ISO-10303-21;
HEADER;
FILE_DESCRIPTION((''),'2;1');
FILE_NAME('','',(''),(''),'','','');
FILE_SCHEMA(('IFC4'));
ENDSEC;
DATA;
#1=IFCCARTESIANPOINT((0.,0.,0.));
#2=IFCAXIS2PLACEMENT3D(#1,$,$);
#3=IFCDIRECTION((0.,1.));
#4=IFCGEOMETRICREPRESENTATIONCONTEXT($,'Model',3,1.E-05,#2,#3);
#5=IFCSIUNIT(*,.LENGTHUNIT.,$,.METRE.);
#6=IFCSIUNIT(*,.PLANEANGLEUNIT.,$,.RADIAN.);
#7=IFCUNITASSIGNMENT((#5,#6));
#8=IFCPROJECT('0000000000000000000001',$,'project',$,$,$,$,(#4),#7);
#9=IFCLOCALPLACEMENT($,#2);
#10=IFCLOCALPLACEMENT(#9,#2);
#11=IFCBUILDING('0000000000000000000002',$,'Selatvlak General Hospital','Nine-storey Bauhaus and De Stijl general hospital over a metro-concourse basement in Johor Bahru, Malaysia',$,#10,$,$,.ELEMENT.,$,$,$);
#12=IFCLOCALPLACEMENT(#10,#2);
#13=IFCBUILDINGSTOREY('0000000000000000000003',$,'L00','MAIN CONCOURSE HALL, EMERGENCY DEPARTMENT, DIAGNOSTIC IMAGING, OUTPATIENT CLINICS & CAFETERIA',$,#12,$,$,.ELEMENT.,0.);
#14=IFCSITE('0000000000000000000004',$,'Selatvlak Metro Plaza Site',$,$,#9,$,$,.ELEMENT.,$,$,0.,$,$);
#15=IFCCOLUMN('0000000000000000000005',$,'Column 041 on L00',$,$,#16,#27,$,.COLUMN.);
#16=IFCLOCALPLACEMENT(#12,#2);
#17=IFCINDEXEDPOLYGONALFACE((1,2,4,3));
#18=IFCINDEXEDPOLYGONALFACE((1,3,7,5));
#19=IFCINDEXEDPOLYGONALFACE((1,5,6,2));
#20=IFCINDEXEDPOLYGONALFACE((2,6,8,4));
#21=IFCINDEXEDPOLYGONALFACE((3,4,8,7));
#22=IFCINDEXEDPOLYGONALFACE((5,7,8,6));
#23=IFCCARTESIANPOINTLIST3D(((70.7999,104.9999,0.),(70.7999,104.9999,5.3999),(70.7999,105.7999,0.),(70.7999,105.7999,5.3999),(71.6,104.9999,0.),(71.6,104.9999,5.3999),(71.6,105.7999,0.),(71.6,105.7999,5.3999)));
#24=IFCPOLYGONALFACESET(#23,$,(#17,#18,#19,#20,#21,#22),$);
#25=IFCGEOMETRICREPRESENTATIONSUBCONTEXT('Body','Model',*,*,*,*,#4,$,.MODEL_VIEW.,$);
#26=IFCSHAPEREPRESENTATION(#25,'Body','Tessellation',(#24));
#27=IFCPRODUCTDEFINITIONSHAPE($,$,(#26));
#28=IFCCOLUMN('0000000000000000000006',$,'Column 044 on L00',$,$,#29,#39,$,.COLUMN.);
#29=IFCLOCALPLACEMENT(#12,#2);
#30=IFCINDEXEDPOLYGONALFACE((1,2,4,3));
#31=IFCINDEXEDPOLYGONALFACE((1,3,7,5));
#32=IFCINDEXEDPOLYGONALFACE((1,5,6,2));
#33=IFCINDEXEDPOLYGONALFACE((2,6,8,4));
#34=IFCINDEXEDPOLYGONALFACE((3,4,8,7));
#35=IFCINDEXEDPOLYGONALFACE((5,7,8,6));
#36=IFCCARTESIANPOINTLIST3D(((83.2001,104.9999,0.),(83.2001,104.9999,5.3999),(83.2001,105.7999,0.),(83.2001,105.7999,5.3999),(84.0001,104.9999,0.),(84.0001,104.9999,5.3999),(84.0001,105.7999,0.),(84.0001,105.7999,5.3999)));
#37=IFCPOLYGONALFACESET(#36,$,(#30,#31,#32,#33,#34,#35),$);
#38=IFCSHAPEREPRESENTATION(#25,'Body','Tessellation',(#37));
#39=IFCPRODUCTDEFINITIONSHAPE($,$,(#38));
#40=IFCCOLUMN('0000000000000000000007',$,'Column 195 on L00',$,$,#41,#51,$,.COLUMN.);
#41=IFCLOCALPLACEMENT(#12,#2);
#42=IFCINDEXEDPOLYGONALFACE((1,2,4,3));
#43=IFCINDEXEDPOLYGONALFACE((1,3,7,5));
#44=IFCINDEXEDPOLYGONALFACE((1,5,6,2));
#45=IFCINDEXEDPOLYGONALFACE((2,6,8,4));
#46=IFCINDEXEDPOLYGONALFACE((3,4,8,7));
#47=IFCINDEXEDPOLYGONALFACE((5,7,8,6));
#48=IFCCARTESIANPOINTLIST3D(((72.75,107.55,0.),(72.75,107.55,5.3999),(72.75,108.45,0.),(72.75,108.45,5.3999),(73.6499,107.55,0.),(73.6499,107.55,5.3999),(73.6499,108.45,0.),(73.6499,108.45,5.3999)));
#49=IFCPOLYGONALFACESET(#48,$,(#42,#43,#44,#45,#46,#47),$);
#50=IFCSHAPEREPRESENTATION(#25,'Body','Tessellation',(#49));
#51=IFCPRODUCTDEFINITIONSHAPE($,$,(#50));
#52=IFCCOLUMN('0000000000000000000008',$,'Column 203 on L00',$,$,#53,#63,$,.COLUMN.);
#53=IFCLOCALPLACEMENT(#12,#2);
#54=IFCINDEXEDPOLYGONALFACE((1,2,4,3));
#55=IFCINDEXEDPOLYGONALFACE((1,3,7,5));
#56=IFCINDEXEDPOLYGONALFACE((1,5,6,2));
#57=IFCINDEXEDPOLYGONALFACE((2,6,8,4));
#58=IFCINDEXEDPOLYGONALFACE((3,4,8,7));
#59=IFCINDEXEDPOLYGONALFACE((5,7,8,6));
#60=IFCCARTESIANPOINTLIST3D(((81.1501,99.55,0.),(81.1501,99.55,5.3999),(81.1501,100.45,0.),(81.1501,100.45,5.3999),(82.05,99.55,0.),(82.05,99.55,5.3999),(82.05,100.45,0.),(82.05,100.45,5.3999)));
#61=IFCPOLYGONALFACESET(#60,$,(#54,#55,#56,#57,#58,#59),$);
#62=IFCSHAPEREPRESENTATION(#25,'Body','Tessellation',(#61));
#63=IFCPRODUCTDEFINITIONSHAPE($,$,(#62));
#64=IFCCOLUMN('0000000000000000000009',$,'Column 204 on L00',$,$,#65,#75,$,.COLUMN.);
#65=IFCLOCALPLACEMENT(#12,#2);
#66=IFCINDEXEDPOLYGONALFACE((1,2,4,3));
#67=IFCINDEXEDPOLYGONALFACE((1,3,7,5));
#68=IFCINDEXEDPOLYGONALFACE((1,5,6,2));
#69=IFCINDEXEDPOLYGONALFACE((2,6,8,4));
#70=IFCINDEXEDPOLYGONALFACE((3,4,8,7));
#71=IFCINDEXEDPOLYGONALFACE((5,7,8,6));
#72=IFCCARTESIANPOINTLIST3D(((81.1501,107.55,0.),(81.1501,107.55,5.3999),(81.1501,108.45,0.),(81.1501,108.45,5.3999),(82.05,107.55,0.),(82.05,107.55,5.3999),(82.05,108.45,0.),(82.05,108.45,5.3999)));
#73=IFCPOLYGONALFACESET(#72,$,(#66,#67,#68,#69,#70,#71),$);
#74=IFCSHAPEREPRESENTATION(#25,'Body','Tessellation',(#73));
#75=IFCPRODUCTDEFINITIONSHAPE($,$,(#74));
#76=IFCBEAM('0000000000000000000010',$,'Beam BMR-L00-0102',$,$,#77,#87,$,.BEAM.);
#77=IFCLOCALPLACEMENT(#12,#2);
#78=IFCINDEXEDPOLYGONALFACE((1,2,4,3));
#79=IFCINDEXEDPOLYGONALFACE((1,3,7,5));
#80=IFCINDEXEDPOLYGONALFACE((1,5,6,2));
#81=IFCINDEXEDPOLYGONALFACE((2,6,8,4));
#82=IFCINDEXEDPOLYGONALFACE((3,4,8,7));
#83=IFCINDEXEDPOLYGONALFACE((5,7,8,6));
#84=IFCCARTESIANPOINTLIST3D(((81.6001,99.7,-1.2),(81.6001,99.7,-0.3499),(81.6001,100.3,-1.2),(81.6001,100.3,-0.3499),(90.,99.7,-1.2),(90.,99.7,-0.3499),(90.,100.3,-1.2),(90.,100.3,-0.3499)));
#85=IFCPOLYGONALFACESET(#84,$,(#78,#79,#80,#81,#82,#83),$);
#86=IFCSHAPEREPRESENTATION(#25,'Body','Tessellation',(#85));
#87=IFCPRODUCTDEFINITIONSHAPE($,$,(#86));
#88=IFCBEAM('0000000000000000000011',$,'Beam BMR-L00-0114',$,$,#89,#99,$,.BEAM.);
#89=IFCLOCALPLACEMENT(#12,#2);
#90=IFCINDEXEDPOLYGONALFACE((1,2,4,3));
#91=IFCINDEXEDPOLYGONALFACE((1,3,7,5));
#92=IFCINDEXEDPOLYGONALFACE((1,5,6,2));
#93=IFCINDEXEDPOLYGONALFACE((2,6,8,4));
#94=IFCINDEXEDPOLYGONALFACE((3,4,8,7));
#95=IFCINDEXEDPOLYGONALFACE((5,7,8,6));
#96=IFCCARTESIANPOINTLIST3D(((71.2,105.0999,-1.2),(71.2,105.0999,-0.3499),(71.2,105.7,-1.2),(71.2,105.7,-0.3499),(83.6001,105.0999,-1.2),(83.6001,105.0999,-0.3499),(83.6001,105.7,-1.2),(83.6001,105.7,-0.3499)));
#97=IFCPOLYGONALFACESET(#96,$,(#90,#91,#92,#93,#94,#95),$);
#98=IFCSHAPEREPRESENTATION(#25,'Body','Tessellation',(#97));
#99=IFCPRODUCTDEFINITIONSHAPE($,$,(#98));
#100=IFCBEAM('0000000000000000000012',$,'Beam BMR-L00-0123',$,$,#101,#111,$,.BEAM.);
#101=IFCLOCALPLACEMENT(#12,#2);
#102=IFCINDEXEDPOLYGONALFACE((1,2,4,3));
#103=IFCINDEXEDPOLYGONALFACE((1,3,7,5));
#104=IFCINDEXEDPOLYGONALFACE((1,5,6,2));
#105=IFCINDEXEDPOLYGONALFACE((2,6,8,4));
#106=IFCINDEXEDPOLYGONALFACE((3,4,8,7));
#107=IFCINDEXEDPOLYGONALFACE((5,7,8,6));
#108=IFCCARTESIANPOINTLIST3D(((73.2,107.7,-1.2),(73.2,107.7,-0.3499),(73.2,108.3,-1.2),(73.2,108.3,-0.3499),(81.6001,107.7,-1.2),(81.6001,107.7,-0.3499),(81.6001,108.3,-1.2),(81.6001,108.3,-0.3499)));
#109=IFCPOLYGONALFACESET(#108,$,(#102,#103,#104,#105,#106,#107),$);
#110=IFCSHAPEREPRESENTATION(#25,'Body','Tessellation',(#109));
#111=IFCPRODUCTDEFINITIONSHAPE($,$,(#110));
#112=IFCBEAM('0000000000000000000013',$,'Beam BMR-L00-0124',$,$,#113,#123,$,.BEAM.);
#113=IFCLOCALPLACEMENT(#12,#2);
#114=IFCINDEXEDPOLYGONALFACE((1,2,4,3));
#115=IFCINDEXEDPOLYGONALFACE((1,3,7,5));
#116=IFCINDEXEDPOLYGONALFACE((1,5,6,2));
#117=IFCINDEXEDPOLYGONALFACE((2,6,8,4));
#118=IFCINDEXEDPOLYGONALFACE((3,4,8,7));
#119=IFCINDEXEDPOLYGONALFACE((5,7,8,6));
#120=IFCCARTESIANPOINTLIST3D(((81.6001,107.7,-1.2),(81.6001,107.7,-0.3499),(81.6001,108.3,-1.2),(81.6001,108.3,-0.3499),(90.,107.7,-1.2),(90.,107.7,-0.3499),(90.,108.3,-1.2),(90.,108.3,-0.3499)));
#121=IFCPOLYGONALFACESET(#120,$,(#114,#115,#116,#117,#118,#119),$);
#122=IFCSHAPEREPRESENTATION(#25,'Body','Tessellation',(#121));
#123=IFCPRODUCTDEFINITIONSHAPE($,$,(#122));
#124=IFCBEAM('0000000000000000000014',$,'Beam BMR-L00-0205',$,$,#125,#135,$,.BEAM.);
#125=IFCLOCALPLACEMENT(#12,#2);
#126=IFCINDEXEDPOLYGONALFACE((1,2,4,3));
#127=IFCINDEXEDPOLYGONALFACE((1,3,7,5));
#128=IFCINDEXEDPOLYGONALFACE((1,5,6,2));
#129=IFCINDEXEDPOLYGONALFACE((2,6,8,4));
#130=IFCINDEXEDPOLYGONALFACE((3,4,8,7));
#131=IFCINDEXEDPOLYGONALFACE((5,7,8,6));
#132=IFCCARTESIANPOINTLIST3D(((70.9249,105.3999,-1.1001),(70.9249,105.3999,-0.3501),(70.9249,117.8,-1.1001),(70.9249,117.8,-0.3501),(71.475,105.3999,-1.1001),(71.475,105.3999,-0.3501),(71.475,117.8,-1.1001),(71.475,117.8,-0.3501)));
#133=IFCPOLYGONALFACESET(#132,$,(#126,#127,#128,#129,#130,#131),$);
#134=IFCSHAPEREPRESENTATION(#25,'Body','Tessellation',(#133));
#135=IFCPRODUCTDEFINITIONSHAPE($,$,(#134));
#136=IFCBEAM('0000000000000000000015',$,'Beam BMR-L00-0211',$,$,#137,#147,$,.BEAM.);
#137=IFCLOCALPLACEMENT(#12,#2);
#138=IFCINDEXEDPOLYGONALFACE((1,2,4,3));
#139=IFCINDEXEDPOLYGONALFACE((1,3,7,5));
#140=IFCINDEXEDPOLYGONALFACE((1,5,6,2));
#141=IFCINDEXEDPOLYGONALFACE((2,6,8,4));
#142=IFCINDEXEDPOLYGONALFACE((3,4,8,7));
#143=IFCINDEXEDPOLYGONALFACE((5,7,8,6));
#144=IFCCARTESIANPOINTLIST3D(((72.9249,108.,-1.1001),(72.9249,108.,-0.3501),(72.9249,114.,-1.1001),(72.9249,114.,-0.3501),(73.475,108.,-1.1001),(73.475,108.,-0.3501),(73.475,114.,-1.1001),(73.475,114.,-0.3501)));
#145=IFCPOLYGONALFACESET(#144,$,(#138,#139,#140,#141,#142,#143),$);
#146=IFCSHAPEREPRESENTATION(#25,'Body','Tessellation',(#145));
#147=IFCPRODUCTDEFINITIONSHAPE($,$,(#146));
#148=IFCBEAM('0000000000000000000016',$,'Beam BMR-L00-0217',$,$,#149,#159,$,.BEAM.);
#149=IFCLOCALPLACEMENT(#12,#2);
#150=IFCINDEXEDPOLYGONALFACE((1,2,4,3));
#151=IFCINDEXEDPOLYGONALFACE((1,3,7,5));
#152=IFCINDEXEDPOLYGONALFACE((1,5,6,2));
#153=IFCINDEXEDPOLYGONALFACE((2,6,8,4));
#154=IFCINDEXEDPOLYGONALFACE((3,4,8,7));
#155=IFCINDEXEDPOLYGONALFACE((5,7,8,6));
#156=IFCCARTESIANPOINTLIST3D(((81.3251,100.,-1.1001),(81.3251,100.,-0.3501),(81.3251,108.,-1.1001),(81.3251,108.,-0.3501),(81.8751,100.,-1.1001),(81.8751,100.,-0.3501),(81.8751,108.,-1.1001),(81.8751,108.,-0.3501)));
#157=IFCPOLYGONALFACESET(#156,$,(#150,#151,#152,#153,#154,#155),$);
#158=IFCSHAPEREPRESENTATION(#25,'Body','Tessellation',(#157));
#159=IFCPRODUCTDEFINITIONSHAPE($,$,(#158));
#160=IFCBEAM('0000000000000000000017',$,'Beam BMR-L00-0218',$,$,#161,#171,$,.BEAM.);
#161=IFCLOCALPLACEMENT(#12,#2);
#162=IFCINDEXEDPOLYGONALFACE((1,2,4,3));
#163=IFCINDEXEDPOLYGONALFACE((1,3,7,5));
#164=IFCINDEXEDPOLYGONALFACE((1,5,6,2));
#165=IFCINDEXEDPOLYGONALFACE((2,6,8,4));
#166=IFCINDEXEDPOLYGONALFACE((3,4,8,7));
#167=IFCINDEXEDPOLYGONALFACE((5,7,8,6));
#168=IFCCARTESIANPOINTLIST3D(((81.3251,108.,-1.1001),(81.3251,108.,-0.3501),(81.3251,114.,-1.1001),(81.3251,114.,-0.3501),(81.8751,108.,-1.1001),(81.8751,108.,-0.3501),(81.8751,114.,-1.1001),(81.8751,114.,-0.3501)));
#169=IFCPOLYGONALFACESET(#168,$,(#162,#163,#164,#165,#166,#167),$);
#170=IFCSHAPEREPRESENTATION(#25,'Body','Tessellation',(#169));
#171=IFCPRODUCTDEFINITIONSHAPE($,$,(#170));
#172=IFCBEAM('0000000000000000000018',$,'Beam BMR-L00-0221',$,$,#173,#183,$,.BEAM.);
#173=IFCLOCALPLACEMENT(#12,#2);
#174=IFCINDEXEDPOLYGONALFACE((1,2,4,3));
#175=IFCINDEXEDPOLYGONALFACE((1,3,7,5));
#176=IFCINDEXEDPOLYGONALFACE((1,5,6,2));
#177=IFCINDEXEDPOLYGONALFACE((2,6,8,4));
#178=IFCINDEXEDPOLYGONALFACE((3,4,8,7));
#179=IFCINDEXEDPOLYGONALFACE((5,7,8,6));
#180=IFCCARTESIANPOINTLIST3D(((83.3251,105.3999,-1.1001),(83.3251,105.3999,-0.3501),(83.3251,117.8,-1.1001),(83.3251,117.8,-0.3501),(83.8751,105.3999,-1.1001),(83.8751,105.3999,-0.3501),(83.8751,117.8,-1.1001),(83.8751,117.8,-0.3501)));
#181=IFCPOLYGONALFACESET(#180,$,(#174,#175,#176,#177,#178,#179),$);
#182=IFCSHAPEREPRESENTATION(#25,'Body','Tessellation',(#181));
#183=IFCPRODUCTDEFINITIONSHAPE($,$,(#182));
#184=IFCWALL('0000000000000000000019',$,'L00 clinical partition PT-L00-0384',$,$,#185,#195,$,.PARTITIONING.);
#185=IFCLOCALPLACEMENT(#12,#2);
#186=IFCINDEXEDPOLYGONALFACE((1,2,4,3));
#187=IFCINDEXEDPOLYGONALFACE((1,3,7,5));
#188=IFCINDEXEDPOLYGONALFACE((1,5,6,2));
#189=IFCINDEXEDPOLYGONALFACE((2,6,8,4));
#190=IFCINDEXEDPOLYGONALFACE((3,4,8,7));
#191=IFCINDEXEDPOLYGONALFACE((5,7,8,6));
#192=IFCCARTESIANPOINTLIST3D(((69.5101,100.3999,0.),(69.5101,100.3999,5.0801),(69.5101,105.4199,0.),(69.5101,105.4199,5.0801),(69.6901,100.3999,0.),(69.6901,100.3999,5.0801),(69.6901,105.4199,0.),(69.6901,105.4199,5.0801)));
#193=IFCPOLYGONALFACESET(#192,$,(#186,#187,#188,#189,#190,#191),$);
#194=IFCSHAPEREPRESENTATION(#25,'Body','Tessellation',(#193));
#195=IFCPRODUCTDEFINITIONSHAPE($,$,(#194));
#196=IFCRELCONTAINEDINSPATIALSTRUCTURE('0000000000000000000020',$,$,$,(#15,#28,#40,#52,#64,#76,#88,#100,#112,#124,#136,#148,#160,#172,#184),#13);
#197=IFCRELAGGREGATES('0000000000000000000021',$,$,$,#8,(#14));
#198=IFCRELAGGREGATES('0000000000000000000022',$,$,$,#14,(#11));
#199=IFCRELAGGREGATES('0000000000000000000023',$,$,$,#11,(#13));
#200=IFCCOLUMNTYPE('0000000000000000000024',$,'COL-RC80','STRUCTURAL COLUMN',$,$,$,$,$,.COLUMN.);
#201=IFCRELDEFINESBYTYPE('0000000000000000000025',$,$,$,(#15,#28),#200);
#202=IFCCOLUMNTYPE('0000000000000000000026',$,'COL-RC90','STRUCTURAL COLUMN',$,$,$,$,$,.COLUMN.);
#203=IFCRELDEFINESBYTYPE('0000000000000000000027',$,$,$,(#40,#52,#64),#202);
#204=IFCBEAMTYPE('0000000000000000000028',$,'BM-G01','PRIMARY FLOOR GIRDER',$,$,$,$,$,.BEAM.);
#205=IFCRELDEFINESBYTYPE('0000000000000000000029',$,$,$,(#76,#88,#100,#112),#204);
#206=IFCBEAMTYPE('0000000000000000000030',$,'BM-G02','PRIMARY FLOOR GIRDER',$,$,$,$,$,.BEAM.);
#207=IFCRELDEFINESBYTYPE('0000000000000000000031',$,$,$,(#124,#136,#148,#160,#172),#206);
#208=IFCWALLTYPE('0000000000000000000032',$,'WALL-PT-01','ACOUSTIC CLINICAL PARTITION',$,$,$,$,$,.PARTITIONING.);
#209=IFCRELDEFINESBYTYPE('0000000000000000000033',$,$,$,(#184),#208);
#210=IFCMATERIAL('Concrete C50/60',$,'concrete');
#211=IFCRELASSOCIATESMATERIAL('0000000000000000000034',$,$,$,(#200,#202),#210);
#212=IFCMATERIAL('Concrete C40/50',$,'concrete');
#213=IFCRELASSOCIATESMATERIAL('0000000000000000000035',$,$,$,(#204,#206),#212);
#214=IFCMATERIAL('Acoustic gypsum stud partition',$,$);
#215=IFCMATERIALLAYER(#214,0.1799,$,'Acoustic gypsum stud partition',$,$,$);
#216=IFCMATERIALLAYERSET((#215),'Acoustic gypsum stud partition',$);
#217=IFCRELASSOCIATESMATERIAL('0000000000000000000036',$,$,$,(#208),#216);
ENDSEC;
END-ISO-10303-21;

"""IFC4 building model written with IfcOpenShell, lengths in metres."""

from ifc_helpers import new_model, si_unit, direction, frame, frame_2d, origin, origin_2d, place, context, subcontext, project, spatial, rectangle, extrude, material, layer, layer_set, material_profile, profile_set, type_object, element, save


model = new_model("IFC4")

# Units and contexts
model_context = context("Model", 3, precision=1e-05, world=origin(), true_north=direction((0.0, 1.0)))
body_context = subcontext(model_context, "Body", "Model", "MODEL_VIEW")
ifc_project = project(units=[si_unit("LENGTHUNIT", "METRE"), si_unit("PLANEANGLEUNIT", "RADIAN")], contexts=[model_context])

# Site, building, storey
site_placement = place(None, origin())
site = spatial("IfcSite", under=ifc_project, at=site_placement, Name="Selatvlak Metro Plaza Site", CompositionType="ELEMENT", RefElevation=0.0)
building_placement = place(site_placement, origin())
building = spatial("IfcBuilding", under=site, at=building_placement, Name="Selatvlak General Hospital", Description="Nine-storey Bauhaus and De Stijl general hospital over a metro-concourse basement in Johor Bahru, Malaysia", CompositionType="ELEMENT")
storey_placement = place(building_placement, origin())
storey = spatial("IfcBuildingStorey", under=building, at=storey_placement, Name="L00", Description="MAIN CONCOURSE HALL, EMERGENCY DEPARTMENT, DIAGNOSTIC IMAGING, OUTPATIENT CLINICS & CAFETERIA", CompositionType="ELEMENT", Elevation=0.0)

# Columns
ifc_material_1 = material(Name="Concrete C50/60", Category="concrete")
ifc_material_profile_1 = material_profile(ifc_material_1, rectangle(XDim=0.8, YDim=0.8, at=origin_2d()), Name="RC-COL 800x800")
ifc_profile_set_1 = profile_set([ifc_material_profile_1], Name="Concrete C50/60")
column_type_1 = type_object("IfcColumnType", Name="COL-RC80", Description="STRUCTURAL COLUMN", PredefinedType="COLUMN", material=ifc_profile_set_1)
for number, where, z_axis, x_axis, name in (
    (1, (71.2, 105.3999, 0.0), (0.0, 0.0, 1.0), (1.0, 0.0, 0.0), "Column 041 on L00"),
    (2, (83.6001, 105.3999, 0.0), (0.0, 0.0, 1.0), (1.0, 0.0, 0.0), "Column 044 on L00"),
):
    element("IfcColumn", number, at=place(storey_placement, frame(where, z_axis=z_axis, x_axis=x_axis)), inside=storey, type_object=column_type_1, Name=name, PredefinedType="COLUMN", context=body_context, shape_type="SweptSolid", body=[
        extrude(rectangle(XDim=0.8, YDim=0.8, at=origin_2d()), origin(), (0.0, 0.0, 1.0), 5.3999),
    ])
ifc_material_profile_2 = material_profile(ifc_material_1, rectangle(XDim=0.8999, YDim=0.8999, at=origin_2d()), Name="RC-COL 900x900")
ifc_profile_set_2 = profile_set([ifc_material_profile_2], Name="Concrete C50/60")
column_type_2 = type_object("IfcColumnType", Name="COL-RC90", Description="STRUCTURAL COLUMN", PredefinedType="COLUMN", material=ifc_profile_set_2)
for number, where, z_axis, x_axis, name in (
    (3, (73.2, 108.0, 0.0), (0.0, 0.0, 1.0), (1.0, 0.0, 0.0), "Column 195 on L00"),
    (4, (81.6001, 100.0, 0.0), (0.0, 0.0, 1.0), (1.0, 0.0, 0.0), "Column 203 on L00"),
    (5, (81.6001, 108.0, 0.0), (0.0, 0.0, 1.0), (1.0, 0.0, 0.0), "Column 204 on L00"),
):
    element("IfcColumn", number, at=place(storey_placement, frame(where, z_axis=z_axis, x_axis=x_axis)), inside=storey, type_object=column_type_2, Name=name, PredefinedType="COLUMN", context=body_context, shape_type="SweptSolid", body=[
        extrude(rectangle(XDim=0.8999, YDim=0.8999, at=origin_2d()), origin(), (0.0, 0.0, 1.0), 5.3999),
    ])

# Beams
ifc_material_2 = material(Name="Concrete C40/50", Category="concrete")
ifc_material_profile_3 = material_profile(ifc_material_2, rectangle(XDim=0.6001, YDim=0.8501, at=origin_2d()), Name="RC-BM 600x850")
ifc_profile_set_3 = profile_set([ifc_material_profile_3], Name="Concrete C40/50")
beam_type_1 = type_object("IfcBeamType", Name="BM-G01", Description="PRIMARY FLOOR GIRDER", PredefinedType="BEAM", material=ifc_profile_set_3)
beam_1_placement = place(storey_placement, frame((81.6001, 100.0, -0.7749), z_axis=(1.0, 0.0, 0.0), x_axis=(0.0, 1.0, 0.0)))
element("IfcBeam", 6, at=beam_1_placement, inside=storey, type_object=beam_type_1, Name="Beam BMR-L00-0102", PredefinedType="BEAM", context=body_context, shape_type="SweptSolid", body=[
    extrude(rectangle(XDim=0.6001, YDim=0.8501, at=origin_2d()), origin(), (0.0, 0.0, 1.0), 8.3999),
])
beam_2_placement = place(storey_placement, frame((71.2, 105.3999, -0.7749), z_axis=(1.0, 0.0, 0.0), x_axis=(0.0, 1.0, 0.0)))
element("IfcBeam", 7, at=beam_2_placement, inside=storey, type_object=beam_type_1, Name="Beam BMR-L00-0114", PredefinedType="BEAM", context=body_context, shape_type="SweptSolid", body=[
    extrude(rectangle(XDim=0.6001, YDim=0.8501, at=origin_2d()), origin(), (0.0, 0.0, 1.0), 12.4001),
])
beam_3_placement = place(storey_placement, frame((73.2, 108.0, -0.7749), z_axis=(1.0, 0.0, 0.0), x_axis=(0.0, 1.0, 0.0)))
element("IfcBeam", 8, at=beam_3_placement, inside=storey, type_object=beam_type_1, Name="Beam BMR-L00-0123", PredefinedType="BEAM", context=body_context, shape_type="SweptSolid", body=[
    extrude(rectangle(XDim=0.6001, YDim=0.8501, at=origin_2d()), origin(), (0.0, 0.0, 1.0), 8.4001),
])
beam_4_placement = place(storey_placement, frame((81.6001, 108.0, -0.7749), z_axis=(1.0, 0.0, 0.0), x_axis=(0.0, 1.0, 0.0)))
element("IfcBeam", 9, at=beam_4_placement, inside=storey, type_object=beam_type_1, Name="Beam BMR-L00-0124", PredefinedType="BEAM", context=body_context, shape_type="SweptSolid", body=[
    extrude(rectangle(XDim=0.6001, YDim=0.8501, at=origin_2d()), origin(), (0.0, 0.0, 1.0), 8.3999),
])
ifc_material_profile_4 = material_profile(ifc_material_2, rectangle(XDim=0.55, YDim=0.75, at=origin_2d()), Name="RC-BM 550x750")
ifc_profile_set_4 = profile_set([ifc_material_profile_4], Name="Concrete C40/50")
beam_type_2 = type_object("IfcBeamType", Name="BM-G02", Description="PRIMARY FLOOR GIRDER", PredefinedType="BEAM", material=ifc_profile_set_4)
beam_5_placement = place(storey_placement, frame((71.2, 105.3999, -0.7251), z_axis=(0.0, 1.0, 0.0), x_axis=(-1.0, 0.0, 0.0)))
element("IfcBeam", 10, at=beam_5_placement, inside=storey, type_object=beam_type_2, Name="Beam BMR-L00-0205", PredefinedType="BEAM", context=body_context, shape_type="SweptSolid", body=[
    extrude(rectangle(XDim=0.55, YDim=0.75, at=origin_2d()), origin(), (0.0, 0.0, 1.0), 12.4001),
])
beam_6_placement = place(storey_placement, frame((73.2, 108.0, -0.7251), z_axis=(0.0, 1.0, 0.0), x_axis=(-1.0, 0.0, 0.0)))
element("IfcBeam", 11, at=beam_6_placement, inside=storey, type_object=beam_type_2, Name="Beam BMR-L00-0211", PredefinedType="BEAM", context=body_context, shape_type="SweptSolid", body=[
    extrude(rectangle(XDim=0.55, YDim=0.75, at=origin_2d()), origin(), (0.0, 0.0, 1.0), 6.0),
])
beam_7_placement = place(storey_placement, frame((81.6001, 100.0, -0.7251), z_axis=(0.0, 1.0, 0.0), x_axis=(-1.0, 0.0, 0.0)))
element("IfcBeam", 12, at=beam_7_placement, inside=storey, type_object=beam_type_2, Name="Beam BMR-L00-0217", PredefinedType="BEAM", context=body_context, shape_type="SweptSolid", body=[
    extrude(rectangle(XDim=0.55, YDim=0.75, at=origin_2d()), origin(), (0.0, 0.0, 1.0), 8.0),
])
beam_8_placement = place(storey_placement, frame((81.6001, 108.0, -0.7251), z_axis=(0.0, 1.0, 0.0), x_axis=(-1.0, 0.0, 0.0)))
element("IfcBeam", 13, at=beam_8_placement, inside=storey, type_object=beam_type_2, Name="Beam BMR-L00-0218", PredefinedType="BEAM", context=body_context, shape_type="SweptSolid", body=[
    extrude(rectangle(XDim=0.55, YDim=0.75, at=origin_2d()), origin(), (0.0, 0.0, 1.0), 6.0),
])
beam_9_placement = place(storey_placement, frame((83.6001, 105.3999, -0.7251), z_axis=(0.0, 1.0, 0.0), x_axis=(-1.0, 0.0, 0.0)))
element("IfcBeam", 14, at=beam_9_placement, inside=storey, type_object=beam_type_2, Name="Beam BMR-L00-0221", PredefinedType="BEAM", context=body_context, shape_type="SweptSolid", body=[
    extrude(rectangle(XDim=0.55, YDim=0.75, at=origin_2d()), origin(), (0.0, 0.0, 1.0), 12.4001),
])

# Wall
ifc_material_3 = material(Name="Acoustic gypsum stud partition")
ifc_layer_1 = layer(ifc_material_3, 0.1799, Name="Acoustic gypsum stud partition")
ifc_layer_set_1 = layer_set([ifc_layer_1], Name="Acoustic gypsum stud partition")
wall_type_1 = type_object("IfcWallType", Name="WALL-PT-01", Description="ACOUSTIC CLINICAL PARTITION", PredefinedType="PARTITIONING", material=ifc_layer_set_1)
wall_1_placement = place(storey_placement, frame((69.6001, 105.4199, 0.0), z_axis=(0.0, 0.0, 1.0), x_axis=(0.0, -1.0, 0.0)))
element("IfcWall", 15, at=wall_1_placement, inside=storey, type_object=wall_type_1, Name="L00 clinical partition PT-L00-0384", PredefinedType="PARTITIONING", context=body_context, shape_type="SweptSolid", body=[
    extrude(rectangle(XDim=5.02, YDim=0.1799, at=frame_2d((2.51, 0.0))), origin(), (0.0, 0.0, 1.0), 5.0801),
])

save(model, "model.ifc")
